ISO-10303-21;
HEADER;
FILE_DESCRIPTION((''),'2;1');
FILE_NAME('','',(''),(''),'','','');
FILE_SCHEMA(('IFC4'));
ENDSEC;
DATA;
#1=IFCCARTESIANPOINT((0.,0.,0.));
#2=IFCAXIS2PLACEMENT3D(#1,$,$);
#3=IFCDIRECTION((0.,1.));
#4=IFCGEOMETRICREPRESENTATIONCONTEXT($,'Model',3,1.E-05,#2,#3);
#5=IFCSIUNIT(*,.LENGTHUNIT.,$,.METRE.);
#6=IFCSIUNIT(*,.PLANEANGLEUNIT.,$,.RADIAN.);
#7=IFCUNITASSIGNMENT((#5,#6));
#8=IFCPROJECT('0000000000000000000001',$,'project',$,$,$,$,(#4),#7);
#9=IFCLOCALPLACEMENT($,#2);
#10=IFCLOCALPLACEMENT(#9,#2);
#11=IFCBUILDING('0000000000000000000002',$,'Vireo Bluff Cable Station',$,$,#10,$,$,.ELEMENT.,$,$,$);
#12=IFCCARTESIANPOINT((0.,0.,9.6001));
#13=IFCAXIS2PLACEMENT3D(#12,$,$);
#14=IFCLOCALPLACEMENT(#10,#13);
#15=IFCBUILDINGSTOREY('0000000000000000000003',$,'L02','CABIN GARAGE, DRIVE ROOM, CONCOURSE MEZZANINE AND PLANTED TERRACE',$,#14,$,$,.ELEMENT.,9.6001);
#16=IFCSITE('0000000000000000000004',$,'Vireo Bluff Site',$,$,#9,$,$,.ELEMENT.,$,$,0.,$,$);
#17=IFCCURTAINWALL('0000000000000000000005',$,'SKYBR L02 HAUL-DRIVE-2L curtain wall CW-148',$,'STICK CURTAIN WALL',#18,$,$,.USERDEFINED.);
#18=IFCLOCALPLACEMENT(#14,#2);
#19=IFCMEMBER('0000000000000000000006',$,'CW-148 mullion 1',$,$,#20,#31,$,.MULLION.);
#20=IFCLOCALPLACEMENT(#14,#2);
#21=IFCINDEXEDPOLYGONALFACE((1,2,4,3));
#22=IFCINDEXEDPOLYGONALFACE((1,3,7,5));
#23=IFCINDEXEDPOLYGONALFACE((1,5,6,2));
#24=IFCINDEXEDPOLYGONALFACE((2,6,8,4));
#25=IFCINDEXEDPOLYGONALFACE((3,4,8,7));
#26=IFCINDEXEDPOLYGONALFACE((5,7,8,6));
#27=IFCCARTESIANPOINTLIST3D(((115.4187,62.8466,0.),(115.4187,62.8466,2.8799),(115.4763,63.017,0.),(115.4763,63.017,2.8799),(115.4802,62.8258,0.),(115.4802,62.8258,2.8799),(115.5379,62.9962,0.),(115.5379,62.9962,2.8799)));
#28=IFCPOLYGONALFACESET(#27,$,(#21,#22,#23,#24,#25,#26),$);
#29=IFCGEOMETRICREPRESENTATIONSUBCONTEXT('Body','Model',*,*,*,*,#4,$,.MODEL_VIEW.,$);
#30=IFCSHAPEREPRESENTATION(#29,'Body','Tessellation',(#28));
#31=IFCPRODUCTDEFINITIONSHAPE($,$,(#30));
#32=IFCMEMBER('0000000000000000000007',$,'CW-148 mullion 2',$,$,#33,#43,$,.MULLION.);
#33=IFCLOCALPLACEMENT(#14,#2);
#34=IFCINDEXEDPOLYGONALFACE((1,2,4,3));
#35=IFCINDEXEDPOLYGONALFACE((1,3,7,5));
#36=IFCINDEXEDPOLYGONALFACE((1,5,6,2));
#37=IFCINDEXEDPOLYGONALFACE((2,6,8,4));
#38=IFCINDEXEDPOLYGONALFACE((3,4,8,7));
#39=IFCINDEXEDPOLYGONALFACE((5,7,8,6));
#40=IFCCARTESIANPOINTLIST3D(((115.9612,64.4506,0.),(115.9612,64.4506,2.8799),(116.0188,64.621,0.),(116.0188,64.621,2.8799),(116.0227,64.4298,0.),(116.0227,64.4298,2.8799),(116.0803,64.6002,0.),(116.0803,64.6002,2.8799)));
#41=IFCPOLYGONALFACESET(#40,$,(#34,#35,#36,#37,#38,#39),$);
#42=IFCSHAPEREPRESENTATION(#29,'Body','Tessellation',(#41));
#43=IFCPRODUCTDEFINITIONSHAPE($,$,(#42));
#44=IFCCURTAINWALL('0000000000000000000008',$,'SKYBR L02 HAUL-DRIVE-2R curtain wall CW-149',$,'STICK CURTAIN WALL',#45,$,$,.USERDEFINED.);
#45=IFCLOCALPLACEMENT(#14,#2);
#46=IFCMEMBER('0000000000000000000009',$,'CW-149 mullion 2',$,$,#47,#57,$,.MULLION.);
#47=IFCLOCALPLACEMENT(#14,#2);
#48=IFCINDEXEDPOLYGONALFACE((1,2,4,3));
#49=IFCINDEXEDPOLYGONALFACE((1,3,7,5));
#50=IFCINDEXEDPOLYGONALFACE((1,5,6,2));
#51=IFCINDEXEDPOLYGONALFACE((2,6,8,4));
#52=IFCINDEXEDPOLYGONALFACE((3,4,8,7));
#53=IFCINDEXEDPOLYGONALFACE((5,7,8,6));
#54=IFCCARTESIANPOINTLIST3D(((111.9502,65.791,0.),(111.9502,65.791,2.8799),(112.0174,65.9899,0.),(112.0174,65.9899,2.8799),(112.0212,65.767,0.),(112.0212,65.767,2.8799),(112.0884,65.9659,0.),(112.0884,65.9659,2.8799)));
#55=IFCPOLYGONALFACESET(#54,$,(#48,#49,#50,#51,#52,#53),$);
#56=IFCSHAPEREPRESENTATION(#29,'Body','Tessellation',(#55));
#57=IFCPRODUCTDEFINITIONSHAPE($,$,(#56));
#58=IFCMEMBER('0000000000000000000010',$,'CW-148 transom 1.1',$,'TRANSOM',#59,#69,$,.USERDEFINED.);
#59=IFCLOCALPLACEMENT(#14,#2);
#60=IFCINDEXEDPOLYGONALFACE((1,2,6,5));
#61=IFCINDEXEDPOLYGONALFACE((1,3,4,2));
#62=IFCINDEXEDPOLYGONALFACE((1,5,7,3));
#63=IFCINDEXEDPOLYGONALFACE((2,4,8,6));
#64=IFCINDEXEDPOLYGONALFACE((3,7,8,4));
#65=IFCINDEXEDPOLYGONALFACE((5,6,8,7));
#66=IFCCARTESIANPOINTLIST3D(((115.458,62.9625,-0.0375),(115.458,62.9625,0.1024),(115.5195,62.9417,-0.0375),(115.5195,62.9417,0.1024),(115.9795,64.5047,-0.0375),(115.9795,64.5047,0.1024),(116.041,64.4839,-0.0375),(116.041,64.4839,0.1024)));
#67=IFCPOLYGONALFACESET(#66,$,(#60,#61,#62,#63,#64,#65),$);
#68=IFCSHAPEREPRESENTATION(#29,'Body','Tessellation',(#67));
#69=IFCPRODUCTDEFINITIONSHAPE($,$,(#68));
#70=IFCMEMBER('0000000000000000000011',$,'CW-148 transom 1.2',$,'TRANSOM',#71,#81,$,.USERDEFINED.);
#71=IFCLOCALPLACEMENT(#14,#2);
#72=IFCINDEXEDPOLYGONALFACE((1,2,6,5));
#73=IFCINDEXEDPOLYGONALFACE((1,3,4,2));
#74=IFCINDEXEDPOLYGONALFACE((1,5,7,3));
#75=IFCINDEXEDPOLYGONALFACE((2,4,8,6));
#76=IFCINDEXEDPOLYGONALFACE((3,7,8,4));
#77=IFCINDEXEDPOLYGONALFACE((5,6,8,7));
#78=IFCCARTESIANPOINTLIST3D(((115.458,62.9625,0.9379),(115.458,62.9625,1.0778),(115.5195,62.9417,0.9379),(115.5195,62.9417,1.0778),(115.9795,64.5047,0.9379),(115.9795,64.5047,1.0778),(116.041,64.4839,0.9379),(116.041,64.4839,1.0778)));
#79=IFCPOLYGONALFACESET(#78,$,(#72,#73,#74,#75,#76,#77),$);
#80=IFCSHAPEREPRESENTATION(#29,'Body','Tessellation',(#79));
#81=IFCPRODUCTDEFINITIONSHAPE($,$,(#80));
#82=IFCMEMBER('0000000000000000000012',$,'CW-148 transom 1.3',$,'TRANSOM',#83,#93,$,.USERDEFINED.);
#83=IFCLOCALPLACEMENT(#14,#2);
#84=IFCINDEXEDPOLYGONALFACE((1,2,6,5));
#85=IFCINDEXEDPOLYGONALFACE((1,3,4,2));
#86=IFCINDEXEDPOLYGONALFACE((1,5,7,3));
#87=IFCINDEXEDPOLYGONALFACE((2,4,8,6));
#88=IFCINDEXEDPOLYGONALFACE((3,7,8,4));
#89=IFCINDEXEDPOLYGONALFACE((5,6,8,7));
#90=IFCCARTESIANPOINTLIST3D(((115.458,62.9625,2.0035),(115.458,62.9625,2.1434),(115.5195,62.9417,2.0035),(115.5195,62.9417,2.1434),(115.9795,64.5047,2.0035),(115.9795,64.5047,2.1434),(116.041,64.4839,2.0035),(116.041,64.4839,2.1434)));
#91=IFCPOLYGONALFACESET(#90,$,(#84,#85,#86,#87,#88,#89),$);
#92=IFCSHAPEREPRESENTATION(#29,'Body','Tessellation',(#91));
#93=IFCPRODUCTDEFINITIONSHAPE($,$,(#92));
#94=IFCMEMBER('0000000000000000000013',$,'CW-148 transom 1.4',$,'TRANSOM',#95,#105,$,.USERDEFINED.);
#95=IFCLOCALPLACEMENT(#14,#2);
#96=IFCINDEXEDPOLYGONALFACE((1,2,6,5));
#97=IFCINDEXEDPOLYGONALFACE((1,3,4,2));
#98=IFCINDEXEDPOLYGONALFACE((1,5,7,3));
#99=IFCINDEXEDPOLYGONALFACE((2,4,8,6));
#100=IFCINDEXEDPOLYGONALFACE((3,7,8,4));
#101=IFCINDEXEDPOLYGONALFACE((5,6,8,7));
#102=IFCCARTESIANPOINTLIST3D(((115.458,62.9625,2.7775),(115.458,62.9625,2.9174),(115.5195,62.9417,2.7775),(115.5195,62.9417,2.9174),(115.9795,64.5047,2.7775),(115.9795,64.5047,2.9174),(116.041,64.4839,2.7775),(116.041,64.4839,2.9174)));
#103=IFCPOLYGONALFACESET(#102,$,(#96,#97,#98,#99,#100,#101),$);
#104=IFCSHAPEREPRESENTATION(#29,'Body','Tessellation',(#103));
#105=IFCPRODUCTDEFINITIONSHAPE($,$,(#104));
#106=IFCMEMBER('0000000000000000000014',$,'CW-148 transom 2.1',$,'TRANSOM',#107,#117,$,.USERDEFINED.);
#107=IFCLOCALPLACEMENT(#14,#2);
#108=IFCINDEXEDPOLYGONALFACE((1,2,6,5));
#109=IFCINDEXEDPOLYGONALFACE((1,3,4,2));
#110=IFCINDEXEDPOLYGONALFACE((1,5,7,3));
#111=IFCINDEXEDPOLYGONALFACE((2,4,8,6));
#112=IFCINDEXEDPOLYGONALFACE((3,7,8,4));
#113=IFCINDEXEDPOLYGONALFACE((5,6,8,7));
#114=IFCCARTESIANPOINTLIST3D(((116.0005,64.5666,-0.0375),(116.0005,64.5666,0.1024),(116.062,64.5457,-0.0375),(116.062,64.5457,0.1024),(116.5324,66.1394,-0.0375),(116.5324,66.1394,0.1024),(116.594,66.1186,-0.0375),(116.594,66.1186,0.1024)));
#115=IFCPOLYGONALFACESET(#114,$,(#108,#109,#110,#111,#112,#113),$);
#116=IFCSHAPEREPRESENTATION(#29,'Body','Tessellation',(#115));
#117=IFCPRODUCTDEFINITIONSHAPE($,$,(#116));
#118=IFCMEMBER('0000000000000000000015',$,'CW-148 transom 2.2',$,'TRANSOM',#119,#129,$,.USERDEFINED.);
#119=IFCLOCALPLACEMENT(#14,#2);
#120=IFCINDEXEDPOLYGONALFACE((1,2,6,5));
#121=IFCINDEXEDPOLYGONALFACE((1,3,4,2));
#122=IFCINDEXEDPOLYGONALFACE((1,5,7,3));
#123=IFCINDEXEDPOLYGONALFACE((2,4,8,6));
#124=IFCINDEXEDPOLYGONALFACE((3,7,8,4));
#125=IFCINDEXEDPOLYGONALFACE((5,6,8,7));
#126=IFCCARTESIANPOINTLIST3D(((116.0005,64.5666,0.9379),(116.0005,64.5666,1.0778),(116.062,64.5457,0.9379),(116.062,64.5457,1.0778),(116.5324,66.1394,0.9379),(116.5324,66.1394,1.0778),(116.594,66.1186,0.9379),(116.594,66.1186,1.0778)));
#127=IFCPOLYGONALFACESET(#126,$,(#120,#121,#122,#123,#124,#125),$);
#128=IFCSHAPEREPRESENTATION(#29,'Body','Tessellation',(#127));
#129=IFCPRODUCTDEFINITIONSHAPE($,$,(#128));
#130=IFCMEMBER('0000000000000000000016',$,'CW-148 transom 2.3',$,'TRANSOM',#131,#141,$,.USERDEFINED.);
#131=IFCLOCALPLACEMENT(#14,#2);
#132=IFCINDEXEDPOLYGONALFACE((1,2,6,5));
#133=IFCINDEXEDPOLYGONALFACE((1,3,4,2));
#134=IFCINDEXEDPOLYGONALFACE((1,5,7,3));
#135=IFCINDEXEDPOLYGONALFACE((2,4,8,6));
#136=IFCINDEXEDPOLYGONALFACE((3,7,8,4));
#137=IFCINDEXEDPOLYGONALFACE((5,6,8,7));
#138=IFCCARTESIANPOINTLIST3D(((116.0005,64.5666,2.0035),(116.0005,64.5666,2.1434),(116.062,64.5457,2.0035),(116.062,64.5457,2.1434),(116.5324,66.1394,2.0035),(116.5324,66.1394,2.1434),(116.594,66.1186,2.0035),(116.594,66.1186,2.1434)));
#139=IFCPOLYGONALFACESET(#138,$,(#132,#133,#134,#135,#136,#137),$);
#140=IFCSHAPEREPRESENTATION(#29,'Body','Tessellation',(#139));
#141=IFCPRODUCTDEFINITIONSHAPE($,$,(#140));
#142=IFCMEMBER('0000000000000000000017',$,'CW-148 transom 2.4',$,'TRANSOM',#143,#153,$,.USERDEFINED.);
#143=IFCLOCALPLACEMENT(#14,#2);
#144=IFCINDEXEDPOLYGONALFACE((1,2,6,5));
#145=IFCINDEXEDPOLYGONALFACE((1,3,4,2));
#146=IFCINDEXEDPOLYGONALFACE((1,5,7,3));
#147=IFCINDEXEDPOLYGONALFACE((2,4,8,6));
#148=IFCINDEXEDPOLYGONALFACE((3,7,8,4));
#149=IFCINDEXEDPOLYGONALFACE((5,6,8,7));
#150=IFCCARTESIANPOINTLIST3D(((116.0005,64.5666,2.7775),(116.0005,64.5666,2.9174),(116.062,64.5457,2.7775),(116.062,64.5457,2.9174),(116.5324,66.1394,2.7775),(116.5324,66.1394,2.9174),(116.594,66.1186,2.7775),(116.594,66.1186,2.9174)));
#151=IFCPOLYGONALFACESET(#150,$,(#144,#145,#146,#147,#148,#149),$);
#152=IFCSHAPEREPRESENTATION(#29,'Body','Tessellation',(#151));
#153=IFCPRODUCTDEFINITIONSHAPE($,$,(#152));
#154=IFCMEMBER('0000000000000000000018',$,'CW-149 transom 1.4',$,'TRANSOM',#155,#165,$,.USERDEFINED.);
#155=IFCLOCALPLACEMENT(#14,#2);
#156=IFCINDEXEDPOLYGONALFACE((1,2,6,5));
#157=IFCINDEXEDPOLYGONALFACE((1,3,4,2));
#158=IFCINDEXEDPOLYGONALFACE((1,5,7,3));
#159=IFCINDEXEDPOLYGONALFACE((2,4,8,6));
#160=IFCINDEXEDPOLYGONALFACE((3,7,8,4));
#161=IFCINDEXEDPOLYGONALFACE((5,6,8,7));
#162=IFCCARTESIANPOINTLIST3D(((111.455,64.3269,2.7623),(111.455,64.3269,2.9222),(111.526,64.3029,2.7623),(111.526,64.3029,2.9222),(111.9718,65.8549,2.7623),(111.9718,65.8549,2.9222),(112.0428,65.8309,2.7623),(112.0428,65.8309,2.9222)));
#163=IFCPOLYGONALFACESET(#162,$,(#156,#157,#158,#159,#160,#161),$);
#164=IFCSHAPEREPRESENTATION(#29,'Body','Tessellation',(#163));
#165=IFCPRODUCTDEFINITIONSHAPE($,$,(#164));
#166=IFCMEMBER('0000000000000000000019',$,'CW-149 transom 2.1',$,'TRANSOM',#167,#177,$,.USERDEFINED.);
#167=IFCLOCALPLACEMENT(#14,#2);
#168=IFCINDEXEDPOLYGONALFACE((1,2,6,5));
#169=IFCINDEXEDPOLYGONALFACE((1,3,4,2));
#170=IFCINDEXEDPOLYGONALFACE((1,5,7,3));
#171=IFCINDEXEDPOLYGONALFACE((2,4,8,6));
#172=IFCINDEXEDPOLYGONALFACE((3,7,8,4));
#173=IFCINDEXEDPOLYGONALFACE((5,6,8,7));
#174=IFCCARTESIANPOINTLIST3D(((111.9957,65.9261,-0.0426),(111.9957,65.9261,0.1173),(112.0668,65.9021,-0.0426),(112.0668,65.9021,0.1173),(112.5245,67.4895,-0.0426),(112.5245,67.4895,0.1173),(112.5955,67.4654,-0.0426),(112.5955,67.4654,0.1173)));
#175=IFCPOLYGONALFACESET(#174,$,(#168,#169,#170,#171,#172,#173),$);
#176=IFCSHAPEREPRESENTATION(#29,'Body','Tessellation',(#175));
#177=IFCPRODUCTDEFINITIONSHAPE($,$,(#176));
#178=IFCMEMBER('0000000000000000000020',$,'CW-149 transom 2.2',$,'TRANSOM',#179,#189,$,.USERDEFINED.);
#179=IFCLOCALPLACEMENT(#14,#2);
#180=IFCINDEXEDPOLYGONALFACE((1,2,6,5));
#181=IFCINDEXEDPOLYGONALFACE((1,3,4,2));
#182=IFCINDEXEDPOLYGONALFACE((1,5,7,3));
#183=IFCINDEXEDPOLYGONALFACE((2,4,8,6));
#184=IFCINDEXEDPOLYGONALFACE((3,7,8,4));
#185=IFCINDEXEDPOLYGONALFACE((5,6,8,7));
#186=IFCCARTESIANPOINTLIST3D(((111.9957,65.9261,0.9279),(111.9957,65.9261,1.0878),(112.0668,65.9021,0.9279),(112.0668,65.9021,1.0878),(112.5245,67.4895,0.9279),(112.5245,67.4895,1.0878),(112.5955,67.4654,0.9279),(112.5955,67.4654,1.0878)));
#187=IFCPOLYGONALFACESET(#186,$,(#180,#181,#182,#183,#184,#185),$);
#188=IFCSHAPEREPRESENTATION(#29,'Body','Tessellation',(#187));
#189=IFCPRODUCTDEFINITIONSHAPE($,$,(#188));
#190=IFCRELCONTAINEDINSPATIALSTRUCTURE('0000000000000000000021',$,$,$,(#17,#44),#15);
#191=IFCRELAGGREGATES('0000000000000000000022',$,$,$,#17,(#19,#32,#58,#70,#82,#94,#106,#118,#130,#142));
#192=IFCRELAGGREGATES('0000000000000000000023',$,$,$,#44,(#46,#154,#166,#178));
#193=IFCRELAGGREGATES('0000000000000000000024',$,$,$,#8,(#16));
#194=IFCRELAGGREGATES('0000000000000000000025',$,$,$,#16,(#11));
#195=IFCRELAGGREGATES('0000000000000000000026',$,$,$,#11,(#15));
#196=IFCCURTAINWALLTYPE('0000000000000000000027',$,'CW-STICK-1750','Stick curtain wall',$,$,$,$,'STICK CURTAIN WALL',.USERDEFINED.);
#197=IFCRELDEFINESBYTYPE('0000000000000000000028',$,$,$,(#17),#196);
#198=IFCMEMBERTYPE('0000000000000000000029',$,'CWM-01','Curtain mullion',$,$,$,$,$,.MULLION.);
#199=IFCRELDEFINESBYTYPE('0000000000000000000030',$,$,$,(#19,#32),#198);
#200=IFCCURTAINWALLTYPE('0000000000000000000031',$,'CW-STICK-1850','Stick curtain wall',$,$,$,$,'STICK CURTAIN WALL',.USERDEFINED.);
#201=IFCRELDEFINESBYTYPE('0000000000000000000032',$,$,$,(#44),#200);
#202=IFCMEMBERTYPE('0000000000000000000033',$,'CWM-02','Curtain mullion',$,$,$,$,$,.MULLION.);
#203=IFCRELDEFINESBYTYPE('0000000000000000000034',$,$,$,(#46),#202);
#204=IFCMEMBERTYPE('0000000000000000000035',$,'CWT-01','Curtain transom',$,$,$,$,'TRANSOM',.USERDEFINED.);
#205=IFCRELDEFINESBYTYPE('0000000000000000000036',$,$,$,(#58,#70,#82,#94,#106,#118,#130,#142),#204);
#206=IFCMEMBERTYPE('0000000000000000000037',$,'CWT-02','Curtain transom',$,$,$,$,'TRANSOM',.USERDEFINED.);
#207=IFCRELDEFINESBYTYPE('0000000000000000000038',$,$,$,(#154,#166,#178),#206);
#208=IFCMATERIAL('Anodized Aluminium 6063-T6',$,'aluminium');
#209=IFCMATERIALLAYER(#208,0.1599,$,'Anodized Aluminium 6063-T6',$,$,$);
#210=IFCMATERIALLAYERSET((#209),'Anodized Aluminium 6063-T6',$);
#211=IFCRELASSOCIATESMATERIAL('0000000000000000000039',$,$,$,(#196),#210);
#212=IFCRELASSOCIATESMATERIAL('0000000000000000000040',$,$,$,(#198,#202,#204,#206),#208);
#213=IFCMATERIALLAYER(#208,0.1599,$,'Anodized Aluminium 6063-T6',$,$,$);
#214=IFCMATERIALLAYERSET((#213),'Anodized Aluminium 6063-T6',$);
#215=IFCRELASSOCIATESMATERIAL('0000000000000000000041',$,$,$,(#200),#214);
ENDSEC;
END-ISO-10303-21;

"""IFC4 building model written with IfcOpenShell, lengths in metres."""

from ifc_helpers import new_model, si_unit, direction, frame, origin, origin_2d, place, context, subcontext, project, spatial, rectangle, extrude, material, layer, layer_set, material_profile, profile_set, type_object, element, aggregate, save


model = new_model("IFC4")

# Units and contexts
model_context = context("Model", 3, precision=1e-05, world=origin(), true_north=direction((0.0, 1.0)))
body_context = subcontext(model_context, "Body", "Model", "MODEL_VIEW")
ifc_project = project(units=[si_unit("LENGTHUNIT", "METRE"), si_unit("PLANEANGLEUNIT", "RADIAN")], contexts=[model_context])

# Site, building, storey
site_placement = place(None, origin())
site = spatial("IfcSite", under=ifc_project, at=site_placement, Name="Vireo Bluff Site", CompositionType="ELEMENT", RefElevation=0.0)
building_placement = place(site_placement, origin())
building = spatial("IfcBuilding", under=site, at=building_placement, Name="Vireo Bluff Cable Station", CompositionType="ELEMENT")
storey_placement = place(building_placement, frame((0.0, 0.0, 9.6001)))
storey = spatial("IfcBuildingStorey", under=building, at=storey_placement, Name="L02", Description="CABIN GARAGE, DRIVE ROOM, CONCOURSE MEZZANINE AND PLANTED TERRACE", CompositionType="ELEMENT", Elevation=9.6001)

# Curtain wall, members
ifc_material_1 = material(Name="Anodized Aluminium 6063-T6", Category="aluminium")
ifc_layer_1 = layer(ifc_material_1, 0.1599, Name="Anodized Aluminium 6063-T6")
ifc_layer_set_1 = layer_set([ifc_layer_1], Name="Anodized Aluminium 6063-T6")
curtain_wall_type_1 = type_object("IfcCurtainWallType", Name="CW-STICK-1750", Description="Stick curtain wall", ElementType="STICK CURTAIN WALL", PredefinedType="USERDEFINED", material=ifc_layer_set_1)
curtain_wall_1_placement = place(storey_placement, origin())
curtain_wall_1 = element("IfcCurtainWall", 1, at=curtain_wall_1_placement, inside=storey, type_object=curtain_wall_type_1, Name="SKYBR L02 HAUL-DRIVE-2L curtain wall CW-148", ObjectType="STICK CURTAIN WALL", PredefinedType="USERDEFINED")
ifc_material_profile_1 = material_profile(ifc_material_1, rectangle(XDim=0.0649, YDim=0.1799, at=origin_2d()), Name="ALU-M-65X180")
ifc_profile_set_1 = profile_set([ifc_material_profile_1], Name="Anodized Aluminium 6063-T6")
member_type_1 = type_object("IfcMemberType", Name="CWM-01", Description="Curtain mullion", PredefinedType="MULLION", material=ifc_profile_set_1)
member_1_placement = place(storey_placement, frame((115.4783, 62.9214, 0.0), z_axis=(0.0, 0.0, 1.0), x_axis=(-0.947295, 0.320362, 0.0)))
member_1 = element("IfcMember", 2, at=member_1_placement, type_object=member_type_1, Name="CW-148 mullion 1", PredefinedType="MULLION", context=body_context, shape_type="SweptSolid", body=[
    extrude(rectangle(XDim=0.0649, YDim=0.1799, at=origin_2d()), origin(), (0.0, 0.0, 1.0), 2.8799),
])
member_2_placement = place(storey_placement, frame((116.0208, 64.5254, 0.0), z_axis=(0.0, 0.0, 1.0), x_axis=(-0.947295, 0.320362, 0.0)))
member_2 = element("IfcMember", 3, at=member_2_placement, type_object=member_type_1, Name="CW-148 mullion 2", PredefinedType="MULLION", context=body_context, shape_type="SweptSolid", body=[
    extrude(rectangle(XDim=0.0649, YDim=0.1799, at=origin_2d()), origin(), (0.0, 0.0, 1.0), 2.8799),
])

# Curtain wall, member
ifc_layer_2 = layer(ifc_material_1, 0.1599, Name="Anodized Aluminium 6063-T6")
ifc_layer_set_2 = layer_set([ifc_layer_2], Name="Anodized Aluminium 6063-T6")
curtain_wall_type_2 = type_object("IfcCurtainWallType", Name="CW-STICK-1850", Description="Stick curtain wall", ElementType="STICK CURTAIN WALL", PredefinedType="USERDEFINED", material=ifc_layer_set_2)
curtain_wall_2_placement = place(storey_placement, origin())
curtain_wall_2 = element("IfcCurtainWall", 4, at=curtain_wall_2_placement, inside=storey, type_object=curtain_wall_type_2, Name="SKYBR L02 HAUL-DRIVE-2R curtain wall CW-149", ObjectType="STICK CURTAIN WALL", PredefinedType="USERDEFINED")
ifc_material_profile_2 = material_profile(ifc_material_1, rectangle(XDim=0.075, YDim=0.21, at=origin_2d()), Name="ALU-M-75X210")
ifc_profile_set_2 = profile_set([ifc_material_profile_2], Name="Anodized Aluminium 6063-T6")
member_type_2 = type_object("IfcMemberType", Name="CWM-02", Description="Curtain mullion", PredefinedType="MULLION", material=ifc_profile_set_2)
member_3_placement = place(storey_placement, frame((112.0193, 65.8784, 0.0), z_axis=(0.0, 0.0, 1.0), x_axis=(-0.947295, 0.320362, 0.0)))
member_3 = element("IfcMember", 5, at=member_3_placement, type_object=member_type_2, Name="CW-149 mullion 2", PredefinedType="MULLION", context=body_context, shape_type="SweptSolid", body=[
    extrude(rectangle(XDim=0.075, YDim=0.21, at=origin_2d()), origin(), (0.0, 0.0, 1.0), 2.8799),
])

# Members
ifc_material_profile_3 = material_profile(ifc_material_1, rectangle(XDim=0.0649, YDim=0.1399, at=origin_2d()), Name="ALU-T-65X140")
ifc_profile_set_3 = profile_set([ifc_material_profile_3], Name="Anodized Aluminium 6063-T6")
member_type_3 = type_object("IfcMemberType", Name="CWT-01", Description="Curtain transom", ElementType="TRANSOM", PredefinedType="USERDEFINED", material=ifc_profile_set_3)
member_4_placement = place(storey_placement, frame((115.4888, 62.9521, 0.0325), z_axis=(0.320319, 0.94731, 0.0), x_axis=(-0.94731, 0.320319, 0.0)))
member_4 = element("IfcMember", 6, at=member_4_placement, type_object=member_type_3, Name="CW-148 transom 1.1", ObjectType="TRANSOM", PredefinedType="USERDEFINED", context=body_context, shape_type="SweptSolid", body=[
    extrude(rectangle(XDim=0.0649, YDim=0.1399, at=origin_2d()), origin(), (0.0, 0.0, 1.0), 1.6279),
])
member_5_placement = place(storey_placement, frame((115.4888, 62.9521, 1.0078), z_axis=(0.320319, 0.94731, 0.0), x_axis=(-0.94731, 0.320319, 0.0)))
member_5 = element("IfcMember", 7, at=member_5_placement, type_object=member_type_3, Name="CW-148 transom 1.2", ObjectType="TRANSOM", PredefinedType="USERDEFINED", context=body_context, shape_type="SweptSolid", body=[
    extrude(rectangle(XDim=0.0649, YDim=0.1399, at=origin_2d()), origin(), (0.0, 0.0, 1.0), 1.6279),
])
member_6_placement = place(storey_placement, frame((115.4888, 62.9521, 2.0735), z_axis=(0.320319, 0.94731, 0.0), x_axis=(-0.94731, 0.320319, 0.0)))
member_6 = element("IfcMember", 8, at=member_6_placement, type_object=member_type_3, Name="CW-148 transom 1.3", ObjectType="TRANSOM", PredefinedType="USERDEFINED", context=body_context, shape_type="SweptSolid", body=[
    extrude(rectangle(XDim=0.0649, YDim=0.1399, at=origin_2d()), origin(), (0.0, 0.0, 1.0), 1.6279),
])
member_7_placement = place(storey_placement, frame((115.4888, 62.9521, 2.8474), z_axis=(0.320319, 0.94731, 0.0), x_axis=(-0.94731, 0.320319, 0.0)))
member_7 = element("IfcMember", 9, at=member_7_placement, type_object=member_type_3, Name="CW-148 transom 1.4", ObjectType="TRANSOM", PredefinedType="USERDEFINED", context=body_context, shape_type="SweptSolid", body=[
    extrude(rectangle(XDim=0.0649, YDim=0.1399, at=origin_2d()), origin(), (0.0, 0.0, 1.0), 1.6279),
])
member_8_placement = place(storey_placement, frame((116.0312, 64.5562, 0.0325), z_axis=(0.320371, 0.947292, 0.0), x_axis=(-0.947292, 0.320371, 0.0)))
member_8 = element("IfcMember", 10, at=member_8_placement, type_object=member_type_3, Name="CW-148 transom 2.1", ObjectType="TRANSOM", PredefinedType="USERDEFINED", context=body_context, shape_type="SweptSolid", body=[
    extrude(rectangle(XDim=0.0649, YDim=0.1399, at=origin_2d()), origin(), (0.0, 0.0, 1.0), 1.6604),
])
member_9_placement = place(storey_placement, frame((116.0312, 64.5562, 1.0078), z_axis=(0.320371, 0.947292, 0.0), x_axis=(-0.947292, 0.320371, 0.0)))
member_9 = element("IfcMember", 11, at=member_9_placement, type_object=member_type_3, Name="CW-148 transom 2.2", ObjectType="TRANSOM", PredefinedType="USERDEFINED", context=body_context, shape_type="SweptSolid", body=[
    extrude(rectangle(XDim=0.0649, YDim=0.1399, at=origin_2d()), origin(), (0.0, 0.0, 1.0), 1.6604),
])
member_10_placement = place(storey_placement, frame((116.0312, 64.5562, 2.0735), z_axis=(0.320371, 0.947292, 0.0), x_axis=(-0.947292, 0.320371, 0.0)))
member_10 = element("IfcMember", 12, at=member_10_placement, type_object=member_type_3, Name="CW-148 transom 2.3", ObjectType="TRANSOM", PredefinedType="USERDEFINED", context=body_context, shape_type="SweptSolid", body=[
    extrude(rectangle(XDim=0.0649, YDim=0.1399, at=origin_2d()), origin(), (0.0, 0.0, 1.0), 1.6604),
])
member_11_placement = place(storey_placement, frame((116.0312, 64.5562, 2.8474), z_axis=(0.320371, 0.947292, 0.0), x_axis=(-0.947292, 0.320371, 0.0)))
member_11 = element("IfcMember", 13, at=member_11_placement, type_object=member_type_3, Name="CW-148 transom 2.4", ObjectType="TRANSOM", PredefinedType="USERDEFINED", context=body_context, shape_type="SweptSolid", body=[
    extrude(rectangle(XDim=0.0649, YDim=0.1399, at=origin_2d()), origin(), (0.0, 0.0, 1.0), 1.6604),
])
ifc_material_profile_4 = material_profile(ifc_material_1, rectangle(XDim=0.075, YDim=0.1599, at=origin_2d()), Name="ALU-T-75X160")
ifc_profile_set_4 = profile_set([ifc_material_profile_4], Name="Anodized Aluminium 6063-T6")
member_type_4 = type_object("IfcMemberType", Name="CWT-02", Description="Curtain transom", ElementType="TRANSOM", PredefinedType="USERDEFINED", material=ifc_profile_set_4)
member_12_placement = place(storey_placement, frame((111.4905, 64.3149, 2.8423), z_axis=(0.320402, 0.947282, 0.0), x_axis=(-0.947282, 0.320402, 0.0)))
member_12 = element("IfcMember", 14, at=member_12_placement, type_object=member_type_4, Name="CW-149 transom 1.4", ObjectType="TRANSOM", PredefinedType="USERDEFINED", context=body_context, shape_type="SweptSolid", body=[
    extrude(rectangle(XDim=0.075, YDim=0.1599, at=origin_2d()), origin(), (0.0, 0.0, 1.0), 1.613),
])
member_13_placement = place(storey_placement, frame((112.0312, 65.9141, 0.0374), z_axis=(0.320396, 0.947284, 0.0), x_axis=(-0.947284, 0.320396, 0.0)))
member_13 = element("IfcMember", 15, at=member_13_placement, type_object=member_type_4, Name="CW-149 transom 2.1", ObjectType="TRANSOM", PredefinedType="USERDEFINED", context=body_context, shape_type="SweptSolid", body=[
    extrude(rectangle(XDim=0.075, YDim=0.1599, at=origin_2d()), origin(), (0.0, 0.0, 1.0), 1.6504),
])
member_14_placement = place(storey_placement, frame((112.0312, 65.9141, 1.0078), z_axis=(0.320396, 0.947284, 0.0), x_axis=(-0.947284, 0.320396, 0.0)))
member_14 = element("IfcMember", 16, at=member_14_placement, type_object=member_type_4, Name="CW-149 transom 2.2", ObjectType="TRANSOM", PredefinedType="USERDEFINED", context=body_context, shape_type="SweptSolid", body=[
    extrude(rectangle(XDim=0.075, YDim=0.1599, at=origin_2d()), origin(), (0.0, 0.0, 1.0), 1.6504),
])

aggregate(curtain_wall_1, [member_1, member_2, member_4, member_5, member_6, member_7, member_8, member_9, member_10, member_11])
aggregate(curtain_wall_2, [member_3, member_12, member_13, member_14])

save(model, "model.ifc")
